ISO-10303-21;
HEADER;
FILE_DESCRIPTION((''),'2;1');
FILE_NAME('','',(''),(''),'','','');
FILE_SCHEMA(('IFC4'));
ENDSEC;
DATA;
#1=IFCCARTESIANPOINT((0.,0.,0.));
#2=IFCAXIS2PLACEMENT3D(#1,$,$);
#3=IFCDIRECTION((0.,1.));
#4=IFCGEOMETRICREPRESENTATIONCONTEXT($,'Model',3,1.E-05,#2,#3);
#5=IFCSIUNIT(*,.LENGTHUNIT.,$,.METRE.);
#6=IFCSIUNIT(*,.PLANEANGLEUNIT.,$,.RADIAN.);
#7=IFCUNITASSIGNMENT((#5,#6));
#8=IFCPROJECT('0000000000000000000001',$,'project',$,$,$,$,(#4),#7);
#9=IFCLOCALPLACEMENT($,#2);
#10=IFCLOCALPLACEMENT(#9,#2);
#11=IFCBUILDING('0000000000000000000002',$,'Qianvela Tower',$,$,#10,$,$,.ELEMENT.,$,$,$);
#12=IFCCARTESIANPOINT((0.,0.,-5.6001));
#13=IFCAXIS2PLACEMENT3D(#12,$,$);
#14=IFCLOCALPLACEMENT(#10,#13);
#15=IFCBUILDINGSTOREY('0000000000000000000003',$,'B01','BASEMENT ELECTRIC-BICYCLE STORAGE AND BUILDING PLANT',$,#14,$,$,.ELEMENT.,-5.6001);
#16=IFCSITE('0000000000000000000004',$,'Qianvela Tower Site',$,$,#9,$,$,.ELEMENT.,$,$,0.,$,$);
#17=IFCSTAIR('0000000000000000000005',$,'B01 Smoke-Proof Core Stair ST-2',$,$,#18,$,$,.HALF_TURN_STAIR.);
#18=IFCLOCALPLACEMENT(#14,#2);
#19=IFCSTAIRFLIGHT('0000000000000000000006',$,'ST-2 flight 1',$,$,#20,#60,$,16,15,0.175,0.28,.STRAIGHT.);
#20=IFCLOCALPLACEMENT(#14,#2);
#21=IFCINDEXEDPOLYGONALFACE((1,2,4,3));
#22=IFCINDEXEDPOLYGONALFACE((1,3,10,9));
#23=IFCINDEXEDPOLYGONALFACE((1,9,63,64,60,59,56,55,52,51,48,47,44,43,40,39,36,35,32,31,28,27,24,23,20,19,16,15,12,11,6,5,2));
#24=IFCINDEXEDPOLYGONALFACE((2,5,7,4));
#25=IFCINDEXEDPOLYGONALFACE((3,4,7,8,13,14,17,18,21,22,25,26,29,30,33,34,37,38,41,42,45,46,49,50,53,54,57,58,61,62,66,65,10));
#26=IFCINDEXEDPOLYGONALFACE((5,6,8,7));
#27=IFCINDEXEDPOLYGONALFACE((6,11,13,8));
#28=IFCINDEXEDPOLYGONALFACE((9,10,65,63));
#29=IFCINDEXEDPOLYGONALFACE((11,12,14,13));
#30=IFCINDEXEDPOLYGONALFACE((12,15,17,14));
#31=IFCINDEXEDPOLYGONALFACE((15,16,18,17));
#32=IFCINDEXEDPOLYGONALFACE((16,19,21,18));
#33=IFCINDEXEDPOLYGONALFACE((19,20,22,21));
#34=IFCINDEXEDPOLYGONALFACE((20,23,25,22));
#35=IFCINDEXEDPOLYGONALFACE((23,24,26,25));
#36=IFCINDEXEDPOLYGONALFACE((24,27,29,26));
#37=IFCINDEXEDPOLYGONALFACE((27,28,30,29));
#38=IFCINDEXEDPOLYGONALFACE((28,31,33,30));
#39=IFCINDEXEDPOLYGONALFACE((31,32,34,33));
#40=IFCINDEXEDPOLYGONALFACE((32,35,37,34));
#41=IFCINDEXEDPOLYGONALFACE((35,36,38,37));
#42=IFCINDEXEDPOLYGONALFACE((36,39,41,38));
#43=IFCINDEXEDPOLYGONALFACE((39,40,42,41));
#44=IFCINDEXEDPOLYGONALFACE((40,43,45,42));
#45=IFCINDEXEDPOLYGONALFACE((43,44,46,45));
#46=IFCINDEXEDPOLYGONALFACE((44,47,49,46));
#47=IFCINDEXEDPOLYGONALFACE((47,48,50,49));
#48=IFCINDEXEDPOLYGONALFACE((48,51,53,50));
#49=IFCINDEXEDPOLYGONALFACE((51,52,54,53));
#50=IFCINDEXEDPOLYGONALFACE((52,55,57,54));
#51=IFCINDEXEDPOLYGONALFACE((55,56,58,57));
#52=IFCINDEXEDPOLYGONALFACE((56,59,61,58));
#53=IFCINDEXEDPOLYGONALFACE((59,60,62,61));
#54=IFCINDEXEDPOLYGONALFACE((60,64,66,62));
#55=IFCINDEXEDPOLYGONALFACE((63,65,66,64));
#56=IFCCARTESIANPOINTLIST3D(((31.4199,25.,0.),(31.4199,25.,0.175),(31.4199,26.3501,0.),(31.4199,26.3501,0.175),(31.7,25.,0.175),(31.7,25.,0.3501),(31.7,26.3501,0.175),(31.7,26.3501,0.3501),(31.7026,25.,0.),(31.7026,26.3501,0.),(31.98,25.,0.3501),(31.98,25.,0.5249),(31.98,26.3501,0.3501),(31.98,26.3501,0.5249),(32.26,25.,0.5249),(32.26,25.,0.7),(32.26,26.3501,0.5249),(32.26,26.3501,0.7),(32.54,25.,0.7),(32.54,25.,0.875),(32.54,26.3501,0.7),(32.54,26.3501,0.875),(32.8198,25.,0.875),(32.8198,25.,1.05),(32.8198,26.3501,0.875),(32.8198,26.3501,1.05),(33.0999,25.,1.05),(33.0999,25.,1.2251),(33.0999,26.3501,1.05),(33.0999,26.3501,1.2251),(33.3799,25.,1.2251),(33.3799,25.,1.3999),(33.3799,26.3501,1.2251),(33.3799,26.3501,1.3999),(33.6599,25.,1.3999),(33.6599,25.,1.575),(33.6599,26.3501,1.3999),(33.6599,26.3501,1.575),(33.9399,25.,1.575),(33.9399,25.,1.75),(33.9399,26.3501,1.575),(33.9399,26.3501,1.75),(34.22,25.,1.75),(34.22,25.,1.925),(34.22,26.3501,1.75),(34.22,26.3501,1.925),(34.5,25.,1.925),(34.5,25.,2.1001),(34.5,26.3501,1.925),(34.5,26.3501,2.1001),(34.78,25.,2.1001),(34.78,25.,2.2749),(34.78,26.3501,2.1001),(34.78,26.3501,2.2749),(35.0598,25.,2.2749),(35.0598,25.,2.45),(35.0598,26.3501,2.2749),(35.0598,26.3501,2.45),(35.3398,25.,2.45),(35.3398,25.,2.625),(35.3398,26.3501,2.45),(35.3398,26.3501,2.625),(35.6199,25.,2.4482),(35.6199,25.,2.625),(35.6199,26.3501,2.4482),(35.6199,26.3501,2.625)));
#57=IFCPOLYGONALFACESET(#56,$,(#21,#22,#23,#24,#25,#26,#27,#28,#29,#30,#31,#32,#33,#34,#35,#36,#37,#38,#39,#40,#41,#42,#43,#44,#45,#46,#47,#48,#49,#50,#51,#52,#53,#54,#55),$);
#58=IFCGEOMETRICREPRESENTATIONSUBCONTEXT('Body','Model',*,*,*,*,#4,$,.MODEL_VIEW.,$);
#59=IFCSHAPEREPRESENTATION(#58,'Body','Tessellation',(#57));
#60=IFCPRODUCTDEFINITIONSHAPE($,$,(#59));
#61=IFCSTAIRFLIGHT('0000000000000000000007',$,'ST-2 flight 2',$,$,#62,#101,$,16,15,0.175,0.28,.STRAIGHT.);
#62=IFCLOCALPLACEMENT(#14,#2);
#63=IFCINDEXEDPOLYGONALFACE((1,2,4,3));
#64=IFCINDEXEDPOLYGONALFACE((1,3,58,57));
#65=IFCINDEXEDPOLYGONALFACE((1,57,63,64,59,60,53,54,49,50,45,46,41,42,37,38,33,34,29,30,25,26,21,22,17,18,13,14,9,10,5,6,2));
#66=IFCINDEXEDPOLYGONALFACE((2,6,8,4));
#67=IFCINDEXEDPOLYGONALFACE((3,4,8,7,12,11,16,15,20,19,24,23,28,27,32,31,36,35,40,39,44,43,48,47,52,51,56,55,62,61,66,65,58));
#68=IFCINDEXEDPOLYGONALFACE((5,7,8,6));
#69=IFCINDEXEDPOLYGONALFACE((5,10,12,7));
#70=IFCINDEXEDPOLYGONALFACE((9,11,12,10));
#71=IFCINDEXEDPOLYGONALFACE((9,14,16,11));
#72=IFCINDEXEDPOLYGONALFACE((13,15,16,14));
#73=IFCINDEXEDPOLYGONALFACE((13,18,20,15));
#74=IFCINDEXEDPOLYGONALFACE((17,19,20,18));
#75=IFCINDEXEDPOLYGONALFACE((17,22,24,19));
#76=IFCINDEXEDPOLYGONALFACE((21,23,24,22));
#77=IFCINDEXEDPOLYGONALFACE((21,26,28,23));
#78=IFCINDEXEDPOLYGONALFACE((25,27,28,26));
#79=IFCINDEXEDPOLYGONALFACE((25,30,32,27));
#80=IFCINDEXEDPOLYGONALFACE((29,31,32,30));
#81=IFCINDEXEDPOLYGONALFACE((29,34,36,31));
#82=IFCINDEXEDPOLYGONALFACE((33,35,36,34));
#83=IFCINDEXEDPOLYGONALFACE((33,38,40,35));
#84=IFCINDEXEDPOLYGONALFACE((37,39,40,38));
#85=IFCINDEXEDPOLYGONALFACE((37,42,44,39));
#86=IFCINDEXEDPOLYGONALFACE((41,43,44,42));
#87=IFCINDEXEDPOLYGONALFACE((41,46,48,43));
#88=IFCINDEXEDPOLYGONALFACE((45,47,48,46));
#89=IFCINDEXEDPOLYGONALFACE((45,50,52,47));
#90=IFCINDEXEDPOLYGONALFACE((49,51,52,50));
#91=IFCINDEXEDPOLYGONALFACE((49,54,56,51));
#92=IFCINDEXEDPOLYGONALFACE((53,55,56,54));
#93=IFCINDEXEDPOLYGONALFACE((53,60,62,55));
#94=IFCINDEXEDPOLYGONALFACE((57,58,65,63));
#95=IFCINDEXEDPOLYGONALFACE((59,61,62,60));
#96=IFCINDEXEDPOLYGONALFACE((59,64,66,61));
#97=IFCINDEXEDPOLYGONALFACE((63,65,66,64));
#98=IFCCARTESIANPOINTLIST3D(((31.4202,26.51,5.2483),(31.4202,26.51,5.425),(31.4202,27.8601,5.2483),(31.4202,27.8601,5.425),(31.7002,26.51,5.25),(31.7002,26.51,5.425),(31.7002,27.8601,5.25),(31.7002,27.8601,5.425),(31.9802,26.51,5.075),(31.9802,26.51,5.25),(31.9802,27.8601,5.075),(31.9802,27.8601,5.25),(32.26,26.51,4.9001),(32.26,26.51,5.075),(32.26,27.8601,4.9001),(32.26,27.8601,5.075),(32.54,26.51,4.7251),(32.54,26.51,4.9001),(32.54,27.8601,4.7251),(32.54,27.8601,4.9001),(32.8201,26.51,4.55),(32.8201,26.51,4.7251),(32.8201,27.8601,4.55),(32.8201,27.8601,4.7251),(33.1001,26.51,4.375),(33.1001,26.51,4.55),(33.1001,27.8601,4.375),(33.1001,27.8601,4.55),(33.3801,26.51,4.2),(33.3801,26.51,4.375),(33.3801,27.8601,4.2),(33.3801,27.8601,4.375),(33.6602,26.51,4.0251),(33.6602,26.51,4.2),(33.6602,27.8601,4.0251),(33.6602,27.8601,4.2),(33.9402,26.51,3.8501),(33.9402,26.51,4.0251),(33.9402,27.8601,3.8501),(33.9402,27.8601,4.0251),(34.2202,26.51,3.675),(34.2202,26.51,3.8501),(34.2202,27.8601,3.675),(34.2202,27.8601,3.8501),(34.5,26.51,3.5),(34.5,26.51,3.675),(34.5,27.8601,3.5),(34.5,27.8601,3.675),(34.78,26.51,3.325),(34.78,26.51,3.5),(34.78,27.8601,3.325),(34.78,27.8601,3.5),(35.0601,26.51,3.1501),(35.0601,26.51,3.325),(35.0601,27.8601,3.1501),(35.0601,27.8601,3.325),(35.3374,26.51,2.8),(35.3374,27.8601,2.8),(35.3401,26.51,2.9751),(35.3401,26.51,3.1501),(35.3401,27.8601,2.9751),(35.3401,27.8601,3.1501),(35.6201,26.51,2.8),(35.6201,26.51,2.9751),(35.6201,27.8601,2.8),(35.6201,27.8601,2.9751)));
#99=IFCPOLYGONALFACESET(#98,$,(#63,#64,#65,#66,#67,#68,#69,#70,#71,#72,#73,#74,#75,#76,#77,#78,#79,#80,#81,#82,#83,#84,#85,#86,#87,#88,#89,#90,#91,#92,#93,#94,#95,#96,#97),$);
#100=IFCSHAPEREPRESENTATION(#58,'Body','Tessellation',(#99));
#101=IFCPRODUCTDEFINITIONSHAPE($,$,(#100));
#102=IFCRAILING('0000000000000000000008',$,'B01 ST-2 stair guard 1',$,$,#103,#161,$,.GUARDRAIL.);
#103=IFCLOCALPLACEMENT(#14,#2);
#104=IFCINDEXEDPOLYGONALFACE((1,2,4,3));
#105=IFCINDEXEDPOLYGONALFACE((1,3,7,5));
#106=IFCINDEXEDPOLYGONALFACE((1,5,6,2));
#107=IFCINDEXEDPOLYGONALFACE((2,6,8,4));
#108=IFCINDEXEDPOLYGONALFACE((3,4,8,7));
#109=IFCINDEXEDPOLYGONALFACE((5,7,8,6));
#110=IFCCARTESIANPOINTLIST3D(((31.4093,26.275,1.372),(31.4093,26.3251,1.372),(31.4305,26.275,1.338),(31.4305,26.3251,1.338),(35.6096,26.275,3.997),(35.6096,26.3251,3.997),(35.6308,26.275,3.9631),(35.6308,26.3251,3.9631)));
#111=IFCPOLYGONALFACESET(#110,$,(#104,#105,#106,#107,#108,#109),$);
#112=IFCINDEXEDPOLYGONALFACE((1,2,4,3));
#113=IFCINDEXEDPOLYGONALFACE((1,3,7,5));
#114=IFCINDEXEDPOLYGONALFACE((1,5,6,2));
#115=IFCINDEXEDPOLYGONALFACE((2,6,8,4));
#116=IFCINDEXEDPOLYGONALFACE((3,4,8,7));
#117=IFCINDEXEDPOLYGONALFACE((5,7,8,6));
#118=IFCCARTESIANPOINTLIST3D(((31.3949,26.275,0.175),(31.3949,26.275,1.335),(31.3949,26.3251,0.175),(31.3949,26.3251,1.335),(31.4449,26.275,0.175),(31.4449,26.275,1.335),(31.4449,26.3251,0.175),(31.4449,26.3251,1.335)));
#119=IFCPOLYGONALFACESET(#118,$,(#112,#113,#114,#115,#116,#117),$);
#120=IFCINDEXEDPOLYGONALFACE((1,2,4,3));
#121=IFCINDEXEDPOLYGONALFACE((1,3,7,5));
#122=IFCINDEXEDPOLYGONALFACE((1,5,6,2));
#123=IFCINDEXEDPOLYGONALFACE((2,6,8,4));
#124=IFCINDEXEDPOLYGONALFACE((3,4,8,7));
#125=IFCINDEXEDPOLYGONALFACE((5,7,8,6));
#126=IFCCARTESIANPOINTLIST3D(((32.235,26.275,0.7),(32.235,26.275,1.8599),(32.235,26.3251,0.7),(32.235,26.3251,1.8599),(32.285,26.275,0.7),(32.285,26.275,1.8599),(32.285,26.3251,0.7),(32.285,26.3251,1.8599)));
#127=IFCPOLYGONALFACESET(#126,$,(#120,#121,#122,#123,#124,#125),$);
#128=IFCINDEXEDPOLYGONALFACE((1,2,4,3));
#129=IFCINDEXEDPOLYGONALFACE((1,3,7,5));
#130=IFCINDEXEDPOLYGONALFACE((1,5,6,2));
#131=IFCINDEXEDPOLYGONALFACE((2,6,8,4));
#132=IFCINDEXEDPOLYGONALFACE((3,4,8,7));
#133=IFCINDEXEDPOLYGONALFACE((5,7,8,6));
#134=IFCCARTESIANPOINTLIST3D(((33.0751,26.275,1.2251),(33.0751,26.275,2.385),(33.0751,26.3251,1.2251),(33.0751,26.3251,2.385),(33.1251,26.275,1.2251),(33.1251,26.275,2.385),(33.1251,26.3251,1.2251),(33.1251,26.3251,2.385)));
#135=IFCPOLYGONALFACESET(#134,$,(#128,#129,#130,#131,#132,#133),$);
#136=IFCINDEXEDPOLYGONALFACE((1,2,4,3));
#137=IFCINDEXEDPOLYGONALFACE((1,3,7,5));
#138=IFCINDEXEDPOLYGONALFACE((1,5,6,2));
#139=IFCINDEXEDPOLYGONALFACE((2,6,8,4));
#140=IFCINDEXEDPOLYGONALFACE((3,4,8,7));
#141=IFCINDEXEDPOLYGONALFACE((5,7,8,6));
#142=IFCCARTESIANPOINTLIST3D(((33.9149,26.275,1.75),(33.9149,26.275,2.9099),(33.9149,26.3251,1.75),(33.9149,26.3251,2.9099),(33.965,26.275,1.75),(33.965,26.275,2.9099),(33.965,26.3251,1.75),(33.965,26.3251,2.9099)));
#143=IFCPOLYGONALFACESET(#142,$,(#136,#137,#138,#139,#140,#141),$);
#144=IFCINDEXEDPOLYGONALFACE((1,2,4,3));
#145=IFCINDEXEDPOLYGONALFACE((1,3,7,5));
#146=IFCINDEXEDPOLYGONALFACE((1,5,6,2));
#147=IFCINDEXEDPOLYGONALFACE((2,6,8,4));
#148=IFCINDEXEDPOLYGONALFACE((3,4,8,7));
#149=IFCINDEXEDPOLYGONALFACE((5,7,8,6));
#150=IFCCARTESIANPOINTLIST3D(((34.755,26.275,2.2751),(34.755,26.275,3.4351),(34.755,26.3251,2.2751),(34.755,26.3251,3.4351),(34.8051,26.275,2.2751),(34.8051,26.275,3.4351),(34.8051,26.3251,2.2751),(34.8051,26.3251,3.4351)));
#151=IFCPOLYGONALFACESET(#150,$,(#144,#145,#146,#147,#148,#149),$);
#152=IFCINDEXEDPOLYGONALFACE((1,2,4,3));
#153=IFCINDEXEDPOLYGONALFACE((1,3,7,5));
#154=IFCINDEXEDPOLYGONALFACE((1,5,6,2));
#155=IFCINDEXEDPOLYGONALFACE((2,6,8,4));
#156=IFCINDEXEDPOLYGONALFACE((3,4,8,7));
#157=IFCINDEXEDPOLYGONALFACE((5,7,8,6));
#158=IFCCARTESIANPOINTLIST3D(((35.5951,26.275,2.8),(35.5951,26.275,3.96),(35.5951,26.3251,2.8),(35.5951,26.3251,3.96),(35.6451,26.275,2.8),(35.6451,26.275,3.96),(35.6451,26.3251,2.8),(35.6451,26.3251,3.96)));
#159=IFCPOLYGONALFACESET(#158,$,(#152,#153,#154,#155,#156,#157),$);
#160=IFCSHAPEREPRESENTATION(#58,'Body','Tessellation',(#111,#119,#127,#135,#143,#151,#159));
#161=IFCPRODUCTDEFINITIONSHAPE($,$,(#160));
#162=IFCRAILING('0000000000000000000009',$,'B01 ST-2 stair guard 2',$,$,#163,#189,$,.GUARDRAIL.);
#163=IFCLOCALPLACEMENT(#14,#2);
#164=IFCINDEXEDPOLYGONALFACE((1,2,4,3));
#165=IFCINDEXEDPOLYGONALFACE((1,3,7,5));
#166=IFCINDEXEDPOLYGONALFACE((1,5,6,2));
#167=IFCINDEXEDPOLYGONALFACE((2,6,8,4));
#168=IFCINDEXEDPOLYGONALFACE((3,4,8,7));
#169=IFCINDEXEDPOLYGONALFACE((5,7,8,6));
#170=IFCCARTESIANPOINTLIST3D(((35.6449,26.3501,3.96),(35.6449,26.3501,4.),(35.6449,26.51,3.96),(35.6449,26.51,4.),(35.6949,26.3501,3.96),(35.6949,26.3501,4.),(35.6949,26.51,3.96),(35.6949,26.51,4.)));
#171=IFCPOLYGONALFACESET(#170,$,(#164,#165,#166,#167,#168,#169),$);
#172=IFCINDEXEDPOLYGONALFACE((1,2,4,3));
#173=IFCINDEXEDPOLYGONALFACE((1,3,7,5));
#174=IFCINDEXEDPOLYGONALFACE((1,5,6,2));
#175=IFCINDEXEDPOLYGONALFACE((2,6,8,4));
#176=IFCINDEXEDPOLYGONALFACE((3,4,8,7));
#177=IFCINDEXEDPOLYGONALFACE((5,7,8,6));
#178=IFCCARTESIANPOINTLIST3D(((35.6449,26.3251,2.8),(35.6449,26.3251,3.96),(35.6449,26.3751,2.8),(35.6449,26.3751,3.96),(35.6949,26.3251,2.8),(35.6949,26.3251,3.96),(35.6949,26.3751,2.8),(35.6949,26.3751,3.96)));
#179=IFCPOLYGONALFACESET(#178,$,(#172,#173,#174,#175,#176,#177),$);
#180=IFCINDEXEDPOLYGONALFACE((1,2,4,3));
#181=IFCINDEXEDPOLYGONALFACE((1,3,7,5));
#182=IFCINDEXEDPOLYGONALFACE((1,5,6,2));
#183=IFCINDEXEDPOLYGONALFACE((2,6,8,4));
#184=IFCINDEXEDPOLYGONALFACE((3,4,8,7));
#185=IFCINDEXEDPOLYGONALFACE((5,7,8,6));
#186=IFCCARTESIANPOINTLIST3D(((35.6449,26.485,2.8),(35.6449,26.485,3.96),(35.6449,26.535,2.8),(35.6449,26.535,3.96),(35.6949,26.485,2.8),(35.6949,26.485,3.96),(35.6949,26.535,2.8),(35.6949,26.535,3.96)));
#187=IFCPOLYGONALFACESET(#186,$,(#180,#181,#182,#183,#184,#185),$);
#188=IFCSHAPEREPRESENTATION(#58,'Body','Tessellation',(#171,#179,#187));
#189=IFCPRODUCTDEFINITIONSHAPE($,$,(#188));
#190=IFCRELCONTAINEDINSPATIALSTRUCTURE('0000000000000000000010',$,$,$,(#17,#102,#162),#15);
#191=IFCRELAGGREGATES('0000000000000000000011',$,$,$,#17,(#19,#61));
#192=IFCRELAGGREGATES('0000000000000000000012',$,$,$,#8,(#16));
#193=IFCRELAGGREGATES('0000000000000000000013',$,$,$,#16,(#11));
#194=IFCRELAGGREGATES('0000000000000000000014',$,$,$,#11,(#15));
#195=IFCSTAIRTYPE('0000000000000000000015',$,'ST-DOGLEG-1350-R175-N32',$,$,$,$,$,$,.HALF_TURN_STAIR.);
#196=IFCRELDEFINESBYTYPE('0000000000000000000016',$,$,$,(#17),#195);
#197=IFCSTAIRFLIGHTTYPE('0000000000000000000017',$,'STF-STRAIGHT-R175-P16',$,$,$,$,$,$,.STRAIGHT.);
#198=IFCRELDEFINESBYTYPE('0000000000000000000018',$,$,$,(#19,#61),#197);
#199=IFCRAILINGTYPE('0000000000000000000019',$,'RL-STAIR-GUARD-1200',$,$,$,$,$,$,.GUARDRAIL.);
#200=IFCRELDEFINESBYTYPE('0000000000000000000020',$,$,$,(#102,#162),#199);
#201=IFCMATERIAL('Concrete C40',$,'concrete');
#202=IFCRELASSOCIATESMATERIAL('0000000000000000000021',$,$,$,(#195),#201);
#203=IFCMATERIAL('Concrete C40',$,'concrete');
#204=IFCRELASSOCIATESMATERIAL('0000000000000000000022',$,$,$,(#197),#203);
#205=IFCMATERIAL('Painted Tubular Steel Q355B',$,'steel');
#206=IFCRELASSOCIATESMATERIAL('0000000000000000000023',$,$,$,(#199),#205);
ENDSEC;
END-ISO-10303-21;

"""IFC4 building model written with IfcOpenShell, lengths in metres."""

from ifc_helpers import new_model, si_unit, direction, frame, origin, origin_2d, place, context, subcontext, project, spatial, polyline, rectangle, outline, extrude, material, type_object, element, aggregate, save


model = new_model("IFC4")

# Units and contexts
model_context = context("Model", 3, precision=1e-05, world=origin(), true_north=direction((0.0, 1.0)))
body_context = subcontext(model_context, "Body", "Model", "MODEL_VIEW")
ifc_project = project(units=[si_unit("LENGTHUNIT", "METRE"), si_unit("PLANEANGLEUNIT", "RADIAN")], contexts=[model_context])

# Site, building, storey
site_placement = place(None, origin())
site = spatial("IfcSite", under=ifc_project, at=site_placement, Name="Qianvela Tower Site", CompositionType="ELEMENT", RefElevation=0.0)
building_placement = place(site_placement, origin())
building = spatial("IfcBuilding", under=site, at=building_placement, Name="Qianvela Tower", CompositionType="ELEMENT")
storey_placement = place(building_placement, frame((0.0, 0.0, -5.6001)))
storey = spatial("IfcBuildingStorey", under=building, at=storey_placement, Name="B01", Description="BASEMENT ELECTRIC-BICYCLE STORAGE AND BUILDING PLANT", CompositionType="ELEMENT", Elevation=-5.6001)

# Stair, stair flights
ifc_material_1 = material(Name="Concrete C40", Category="concrete")
stair_type = type_object("IfcStairType", Name="ST-DOGLEG-1350-R175-N32", PredefinedType="HALF_TURN_STAIR", material=ifc_material_1)
stair_placement = place(storey_placement, origin())
stair = element("IfcStair", 1, at=stair_placement, inside=storey, type_object=stair_type, Name="B01 Smoke-Proof Core Stair ST-2", PredefinedType="HALF_TURN_STAIR")
ifc_material_2 = material(Name="Concrete C40", Category="concrete")
stair_flight_type = type_object("IfcStairFlightType", Name="STF-STRAIGHT-R175-P16", PredefinedType="STRAIGHT", material=ifc_material_2)
stair_flight_1_placement = place(storey_placement, frame((31.4199, 25.675, 0.0), z_axis=(0.0, 0.0, 1.0), x_axis=(1.0, 0.0, 0.0)))
stair_flight_1 = element("IfcStairFlight", 2, at=stair_flight_1_placement, type_object=stair_flight_type, Name="ST-2 flight 1", NumberOfRisers=16, NumberOfTreads=15, PredefinedType="STRAIGHT", RiserHeight=0.175, TreadLength=0.28, context=body_context, shape_type="SweptSolid", body=[
    extrude(outline(polyline([(0.0, 0.0), (0.0, 0.175), (0.28, 0.175), (0.28, 0.3501), (0.5601, 0.3501), (0.5601, 0.5249), (0.8401, 0.5249), (0.8401, 0.7), (1.1201, 0.7), (1.1201, 0.875), (1.3999, 0.875), (1.3999, 1.05), (1.6799, 1.05), (1.6799, 1.2251), (1.96, 1.2251), (1.96, 1.3999), (2.24, 1.3999), (2.24, 1.575), (2.52, 1.575), (2.52, 1.75), (2.8, 1.75), (2.8, 1.925), (3.0801, 1.925), (3.0801, 2.1001), (3.3601, 2.1001), (3.3601, 2.2749), (3.6399, 2.2749), (3.6399, 2.45), (3.9199, 2.45), (3.9199, 2.625), (4.2, 2.625), (4.2, 2.8), (4.2, 2.4482), (0.2827, 0.0), (0.0, 0.0)])), frame((0.0, 0.675, 0.0), z_axis=(0.0, -1.0, 0.0), x_axis=(1.0, 0.0, 0.0)), (0.0, 0.0, 1.0), 1.3501),
])
stair_flight_2_placement = place(storey_placement, frame((35.6201, 27.1851, 2.8), z_axis=(0.0, 0.0, 1.0), x_axis=(-1.0, 0.0, 0.0)))
stair_flight_2 = element("IfcStairFlight", 3, at=stair_flight_2_placement, type_object=stair_flight_type, Name="ST-2 flight 2", NumberOfRisers=16, NumberOfTreads=15, PredefinedType="STRAIGHT", RiserHeight=0.175, TreadLength=0.28, context=body_context, shape_type="SweptSolid", body=[
    extrude(outline(polyline([(0.0, 0.0), (0.0, 0.175), (0.28, 0.175), (0.28, 0.3501), (0.5601, 0.3501), (0.5601, 0.5249), (0.8401, 0.5249), (0.8401, 0.7), (1.1201, 0.7), (1.1201, 0.875), (1.3999, 0.875), (1.3999, 1.05), (1.6799, 1.05), (1.6799, 1.2251), (1.96, 1.2251), (1.96, 1.3999), (2.24, 1.3999), (2.24, 1.575), (2.52, 1.575), (2.52, 1.75), (2.8, 1.75), (2.8, 1.925), (3.0801, 1.925), (3.0801, 2.1001), (3.3601, 2.1001), (3.3601, 2.2749), (3.6399, 2.2749), (3.6399, 2.45), (3.9199, 2.45), (3.9199, 2.625), (4.2, 2.625), (4.2, 2.8), (4.2, 2.4482), (0.2827, 0.0), (0.0, 0.0)])), frame((0.0, 0.675, 0.0), z_axis=(0.0, -1.0, 0.0), x_axis=(1.0, 0.0, 0.0)), (0.0, 0.0, 1.0), 1.3501),
])
aggregate(stair, [stair_flight_1, stair_flight_2])

# Railings
ifc_material_3 = material(Name="Painted Tubular Steel Q355B", Category="steel")
railing_type_1 = type_object("IfcRailingType", Name="RL-STAIR-GUARD-1200", PredefinedType="GUARDRAIL", material=ifc_material_3)
railing_1_placement = place(storey_placement, frame((31.4199, 26.3, 0.175)))
element("IfcRailing", 4, at=railing_1_placement, inside=storey, type_object=railing_type_1, Name="B01 ST-2 stair guard 1", PredefinedType="GUARDRAIL", context=body_context, shape_type="SweptSolid", body=[
    extrude(rectangle(XDim=0.05, YDim=0.04, at=origin_2d()), frame((0.0, 0.0, 1.1799), z_axis=(0.848009, 0.0, 0.529981), x_axis=(0.0, 1.0, 0.0)), (0.0, 0.0, 1.0), 4.9531),
    extrude(rectangle(XDim=0.05, YDim=0.05, at=origin_2d()), origin(), (0.0, 0.0, 1.0), 1.1599),
    extrude(rectangle(XDim=0.05, YDim=0.05, at=origin_2d()), frame((0.8401, 0.0, 0.5249)), (0.0, 0.0, 1.0), 1.1599),
    extrude(rectangle(XDim=0.05, YDim=0.05, at=origin_2d()), frame((1.6802, 0.0, 1.05)), (0.0, 0.0, 1.0), 1.1599),
    extrude(rectangle(XDim=0.05, YDim=0.05, at=origin_2d()), frame((2.52, 0.0, 1.575)), (0.0, 0.0, 1.0), 1.1599),
    extrude(rectangle(XDim=0.05, YDim=0.05, at=origin_2d()), frame((3.3601, 0.0, 2.1001)), (0.0, 0.0, 1.0), 1.1599),
    extrude(rectangle(XDim=0.05, YDim=0.05, at=origin_2d()), frame((4.2002, 0.0, 2.625)), (0.0, 0.0, 1.0), 1.1599),
])
railing_2_placement = place(storey_placement, frame((35.6699, 26.3501, 2.8)))
element("IfcRailing", 5, at=railing_2_placement, inside=storey, type_object=railing_type_1, Name="B01 ST-2 stair guard 2", PredefinedType="GUARDRAIL", context=body_context, shape_type="SweptSolid", body=[
    extrude(rectangle(XDim=0.05, YDim=0.04, at=origin_2d()), frame((0.0, 0.0, 1.1799), z_axis=(0.0, 1.0, 0.0), x_axis=(-1.0, 0.0, 0.0)), (0.0, 0.0, 1.0), 0.1599),
    extrude(rectangle(XDim=0.05, YDim=0.05, at=origin_2d()), origin(), (0.0, 0.0, 1.0), 1.1599),
    extrude(rectangle(XDim=0.05, YDim=0.05, at=origin_2d()), frame((0.0, 0.1599, 0.0)), (0.0, 0.0, 1.0), 1.1599),
])

save(model, "model.ifc")
